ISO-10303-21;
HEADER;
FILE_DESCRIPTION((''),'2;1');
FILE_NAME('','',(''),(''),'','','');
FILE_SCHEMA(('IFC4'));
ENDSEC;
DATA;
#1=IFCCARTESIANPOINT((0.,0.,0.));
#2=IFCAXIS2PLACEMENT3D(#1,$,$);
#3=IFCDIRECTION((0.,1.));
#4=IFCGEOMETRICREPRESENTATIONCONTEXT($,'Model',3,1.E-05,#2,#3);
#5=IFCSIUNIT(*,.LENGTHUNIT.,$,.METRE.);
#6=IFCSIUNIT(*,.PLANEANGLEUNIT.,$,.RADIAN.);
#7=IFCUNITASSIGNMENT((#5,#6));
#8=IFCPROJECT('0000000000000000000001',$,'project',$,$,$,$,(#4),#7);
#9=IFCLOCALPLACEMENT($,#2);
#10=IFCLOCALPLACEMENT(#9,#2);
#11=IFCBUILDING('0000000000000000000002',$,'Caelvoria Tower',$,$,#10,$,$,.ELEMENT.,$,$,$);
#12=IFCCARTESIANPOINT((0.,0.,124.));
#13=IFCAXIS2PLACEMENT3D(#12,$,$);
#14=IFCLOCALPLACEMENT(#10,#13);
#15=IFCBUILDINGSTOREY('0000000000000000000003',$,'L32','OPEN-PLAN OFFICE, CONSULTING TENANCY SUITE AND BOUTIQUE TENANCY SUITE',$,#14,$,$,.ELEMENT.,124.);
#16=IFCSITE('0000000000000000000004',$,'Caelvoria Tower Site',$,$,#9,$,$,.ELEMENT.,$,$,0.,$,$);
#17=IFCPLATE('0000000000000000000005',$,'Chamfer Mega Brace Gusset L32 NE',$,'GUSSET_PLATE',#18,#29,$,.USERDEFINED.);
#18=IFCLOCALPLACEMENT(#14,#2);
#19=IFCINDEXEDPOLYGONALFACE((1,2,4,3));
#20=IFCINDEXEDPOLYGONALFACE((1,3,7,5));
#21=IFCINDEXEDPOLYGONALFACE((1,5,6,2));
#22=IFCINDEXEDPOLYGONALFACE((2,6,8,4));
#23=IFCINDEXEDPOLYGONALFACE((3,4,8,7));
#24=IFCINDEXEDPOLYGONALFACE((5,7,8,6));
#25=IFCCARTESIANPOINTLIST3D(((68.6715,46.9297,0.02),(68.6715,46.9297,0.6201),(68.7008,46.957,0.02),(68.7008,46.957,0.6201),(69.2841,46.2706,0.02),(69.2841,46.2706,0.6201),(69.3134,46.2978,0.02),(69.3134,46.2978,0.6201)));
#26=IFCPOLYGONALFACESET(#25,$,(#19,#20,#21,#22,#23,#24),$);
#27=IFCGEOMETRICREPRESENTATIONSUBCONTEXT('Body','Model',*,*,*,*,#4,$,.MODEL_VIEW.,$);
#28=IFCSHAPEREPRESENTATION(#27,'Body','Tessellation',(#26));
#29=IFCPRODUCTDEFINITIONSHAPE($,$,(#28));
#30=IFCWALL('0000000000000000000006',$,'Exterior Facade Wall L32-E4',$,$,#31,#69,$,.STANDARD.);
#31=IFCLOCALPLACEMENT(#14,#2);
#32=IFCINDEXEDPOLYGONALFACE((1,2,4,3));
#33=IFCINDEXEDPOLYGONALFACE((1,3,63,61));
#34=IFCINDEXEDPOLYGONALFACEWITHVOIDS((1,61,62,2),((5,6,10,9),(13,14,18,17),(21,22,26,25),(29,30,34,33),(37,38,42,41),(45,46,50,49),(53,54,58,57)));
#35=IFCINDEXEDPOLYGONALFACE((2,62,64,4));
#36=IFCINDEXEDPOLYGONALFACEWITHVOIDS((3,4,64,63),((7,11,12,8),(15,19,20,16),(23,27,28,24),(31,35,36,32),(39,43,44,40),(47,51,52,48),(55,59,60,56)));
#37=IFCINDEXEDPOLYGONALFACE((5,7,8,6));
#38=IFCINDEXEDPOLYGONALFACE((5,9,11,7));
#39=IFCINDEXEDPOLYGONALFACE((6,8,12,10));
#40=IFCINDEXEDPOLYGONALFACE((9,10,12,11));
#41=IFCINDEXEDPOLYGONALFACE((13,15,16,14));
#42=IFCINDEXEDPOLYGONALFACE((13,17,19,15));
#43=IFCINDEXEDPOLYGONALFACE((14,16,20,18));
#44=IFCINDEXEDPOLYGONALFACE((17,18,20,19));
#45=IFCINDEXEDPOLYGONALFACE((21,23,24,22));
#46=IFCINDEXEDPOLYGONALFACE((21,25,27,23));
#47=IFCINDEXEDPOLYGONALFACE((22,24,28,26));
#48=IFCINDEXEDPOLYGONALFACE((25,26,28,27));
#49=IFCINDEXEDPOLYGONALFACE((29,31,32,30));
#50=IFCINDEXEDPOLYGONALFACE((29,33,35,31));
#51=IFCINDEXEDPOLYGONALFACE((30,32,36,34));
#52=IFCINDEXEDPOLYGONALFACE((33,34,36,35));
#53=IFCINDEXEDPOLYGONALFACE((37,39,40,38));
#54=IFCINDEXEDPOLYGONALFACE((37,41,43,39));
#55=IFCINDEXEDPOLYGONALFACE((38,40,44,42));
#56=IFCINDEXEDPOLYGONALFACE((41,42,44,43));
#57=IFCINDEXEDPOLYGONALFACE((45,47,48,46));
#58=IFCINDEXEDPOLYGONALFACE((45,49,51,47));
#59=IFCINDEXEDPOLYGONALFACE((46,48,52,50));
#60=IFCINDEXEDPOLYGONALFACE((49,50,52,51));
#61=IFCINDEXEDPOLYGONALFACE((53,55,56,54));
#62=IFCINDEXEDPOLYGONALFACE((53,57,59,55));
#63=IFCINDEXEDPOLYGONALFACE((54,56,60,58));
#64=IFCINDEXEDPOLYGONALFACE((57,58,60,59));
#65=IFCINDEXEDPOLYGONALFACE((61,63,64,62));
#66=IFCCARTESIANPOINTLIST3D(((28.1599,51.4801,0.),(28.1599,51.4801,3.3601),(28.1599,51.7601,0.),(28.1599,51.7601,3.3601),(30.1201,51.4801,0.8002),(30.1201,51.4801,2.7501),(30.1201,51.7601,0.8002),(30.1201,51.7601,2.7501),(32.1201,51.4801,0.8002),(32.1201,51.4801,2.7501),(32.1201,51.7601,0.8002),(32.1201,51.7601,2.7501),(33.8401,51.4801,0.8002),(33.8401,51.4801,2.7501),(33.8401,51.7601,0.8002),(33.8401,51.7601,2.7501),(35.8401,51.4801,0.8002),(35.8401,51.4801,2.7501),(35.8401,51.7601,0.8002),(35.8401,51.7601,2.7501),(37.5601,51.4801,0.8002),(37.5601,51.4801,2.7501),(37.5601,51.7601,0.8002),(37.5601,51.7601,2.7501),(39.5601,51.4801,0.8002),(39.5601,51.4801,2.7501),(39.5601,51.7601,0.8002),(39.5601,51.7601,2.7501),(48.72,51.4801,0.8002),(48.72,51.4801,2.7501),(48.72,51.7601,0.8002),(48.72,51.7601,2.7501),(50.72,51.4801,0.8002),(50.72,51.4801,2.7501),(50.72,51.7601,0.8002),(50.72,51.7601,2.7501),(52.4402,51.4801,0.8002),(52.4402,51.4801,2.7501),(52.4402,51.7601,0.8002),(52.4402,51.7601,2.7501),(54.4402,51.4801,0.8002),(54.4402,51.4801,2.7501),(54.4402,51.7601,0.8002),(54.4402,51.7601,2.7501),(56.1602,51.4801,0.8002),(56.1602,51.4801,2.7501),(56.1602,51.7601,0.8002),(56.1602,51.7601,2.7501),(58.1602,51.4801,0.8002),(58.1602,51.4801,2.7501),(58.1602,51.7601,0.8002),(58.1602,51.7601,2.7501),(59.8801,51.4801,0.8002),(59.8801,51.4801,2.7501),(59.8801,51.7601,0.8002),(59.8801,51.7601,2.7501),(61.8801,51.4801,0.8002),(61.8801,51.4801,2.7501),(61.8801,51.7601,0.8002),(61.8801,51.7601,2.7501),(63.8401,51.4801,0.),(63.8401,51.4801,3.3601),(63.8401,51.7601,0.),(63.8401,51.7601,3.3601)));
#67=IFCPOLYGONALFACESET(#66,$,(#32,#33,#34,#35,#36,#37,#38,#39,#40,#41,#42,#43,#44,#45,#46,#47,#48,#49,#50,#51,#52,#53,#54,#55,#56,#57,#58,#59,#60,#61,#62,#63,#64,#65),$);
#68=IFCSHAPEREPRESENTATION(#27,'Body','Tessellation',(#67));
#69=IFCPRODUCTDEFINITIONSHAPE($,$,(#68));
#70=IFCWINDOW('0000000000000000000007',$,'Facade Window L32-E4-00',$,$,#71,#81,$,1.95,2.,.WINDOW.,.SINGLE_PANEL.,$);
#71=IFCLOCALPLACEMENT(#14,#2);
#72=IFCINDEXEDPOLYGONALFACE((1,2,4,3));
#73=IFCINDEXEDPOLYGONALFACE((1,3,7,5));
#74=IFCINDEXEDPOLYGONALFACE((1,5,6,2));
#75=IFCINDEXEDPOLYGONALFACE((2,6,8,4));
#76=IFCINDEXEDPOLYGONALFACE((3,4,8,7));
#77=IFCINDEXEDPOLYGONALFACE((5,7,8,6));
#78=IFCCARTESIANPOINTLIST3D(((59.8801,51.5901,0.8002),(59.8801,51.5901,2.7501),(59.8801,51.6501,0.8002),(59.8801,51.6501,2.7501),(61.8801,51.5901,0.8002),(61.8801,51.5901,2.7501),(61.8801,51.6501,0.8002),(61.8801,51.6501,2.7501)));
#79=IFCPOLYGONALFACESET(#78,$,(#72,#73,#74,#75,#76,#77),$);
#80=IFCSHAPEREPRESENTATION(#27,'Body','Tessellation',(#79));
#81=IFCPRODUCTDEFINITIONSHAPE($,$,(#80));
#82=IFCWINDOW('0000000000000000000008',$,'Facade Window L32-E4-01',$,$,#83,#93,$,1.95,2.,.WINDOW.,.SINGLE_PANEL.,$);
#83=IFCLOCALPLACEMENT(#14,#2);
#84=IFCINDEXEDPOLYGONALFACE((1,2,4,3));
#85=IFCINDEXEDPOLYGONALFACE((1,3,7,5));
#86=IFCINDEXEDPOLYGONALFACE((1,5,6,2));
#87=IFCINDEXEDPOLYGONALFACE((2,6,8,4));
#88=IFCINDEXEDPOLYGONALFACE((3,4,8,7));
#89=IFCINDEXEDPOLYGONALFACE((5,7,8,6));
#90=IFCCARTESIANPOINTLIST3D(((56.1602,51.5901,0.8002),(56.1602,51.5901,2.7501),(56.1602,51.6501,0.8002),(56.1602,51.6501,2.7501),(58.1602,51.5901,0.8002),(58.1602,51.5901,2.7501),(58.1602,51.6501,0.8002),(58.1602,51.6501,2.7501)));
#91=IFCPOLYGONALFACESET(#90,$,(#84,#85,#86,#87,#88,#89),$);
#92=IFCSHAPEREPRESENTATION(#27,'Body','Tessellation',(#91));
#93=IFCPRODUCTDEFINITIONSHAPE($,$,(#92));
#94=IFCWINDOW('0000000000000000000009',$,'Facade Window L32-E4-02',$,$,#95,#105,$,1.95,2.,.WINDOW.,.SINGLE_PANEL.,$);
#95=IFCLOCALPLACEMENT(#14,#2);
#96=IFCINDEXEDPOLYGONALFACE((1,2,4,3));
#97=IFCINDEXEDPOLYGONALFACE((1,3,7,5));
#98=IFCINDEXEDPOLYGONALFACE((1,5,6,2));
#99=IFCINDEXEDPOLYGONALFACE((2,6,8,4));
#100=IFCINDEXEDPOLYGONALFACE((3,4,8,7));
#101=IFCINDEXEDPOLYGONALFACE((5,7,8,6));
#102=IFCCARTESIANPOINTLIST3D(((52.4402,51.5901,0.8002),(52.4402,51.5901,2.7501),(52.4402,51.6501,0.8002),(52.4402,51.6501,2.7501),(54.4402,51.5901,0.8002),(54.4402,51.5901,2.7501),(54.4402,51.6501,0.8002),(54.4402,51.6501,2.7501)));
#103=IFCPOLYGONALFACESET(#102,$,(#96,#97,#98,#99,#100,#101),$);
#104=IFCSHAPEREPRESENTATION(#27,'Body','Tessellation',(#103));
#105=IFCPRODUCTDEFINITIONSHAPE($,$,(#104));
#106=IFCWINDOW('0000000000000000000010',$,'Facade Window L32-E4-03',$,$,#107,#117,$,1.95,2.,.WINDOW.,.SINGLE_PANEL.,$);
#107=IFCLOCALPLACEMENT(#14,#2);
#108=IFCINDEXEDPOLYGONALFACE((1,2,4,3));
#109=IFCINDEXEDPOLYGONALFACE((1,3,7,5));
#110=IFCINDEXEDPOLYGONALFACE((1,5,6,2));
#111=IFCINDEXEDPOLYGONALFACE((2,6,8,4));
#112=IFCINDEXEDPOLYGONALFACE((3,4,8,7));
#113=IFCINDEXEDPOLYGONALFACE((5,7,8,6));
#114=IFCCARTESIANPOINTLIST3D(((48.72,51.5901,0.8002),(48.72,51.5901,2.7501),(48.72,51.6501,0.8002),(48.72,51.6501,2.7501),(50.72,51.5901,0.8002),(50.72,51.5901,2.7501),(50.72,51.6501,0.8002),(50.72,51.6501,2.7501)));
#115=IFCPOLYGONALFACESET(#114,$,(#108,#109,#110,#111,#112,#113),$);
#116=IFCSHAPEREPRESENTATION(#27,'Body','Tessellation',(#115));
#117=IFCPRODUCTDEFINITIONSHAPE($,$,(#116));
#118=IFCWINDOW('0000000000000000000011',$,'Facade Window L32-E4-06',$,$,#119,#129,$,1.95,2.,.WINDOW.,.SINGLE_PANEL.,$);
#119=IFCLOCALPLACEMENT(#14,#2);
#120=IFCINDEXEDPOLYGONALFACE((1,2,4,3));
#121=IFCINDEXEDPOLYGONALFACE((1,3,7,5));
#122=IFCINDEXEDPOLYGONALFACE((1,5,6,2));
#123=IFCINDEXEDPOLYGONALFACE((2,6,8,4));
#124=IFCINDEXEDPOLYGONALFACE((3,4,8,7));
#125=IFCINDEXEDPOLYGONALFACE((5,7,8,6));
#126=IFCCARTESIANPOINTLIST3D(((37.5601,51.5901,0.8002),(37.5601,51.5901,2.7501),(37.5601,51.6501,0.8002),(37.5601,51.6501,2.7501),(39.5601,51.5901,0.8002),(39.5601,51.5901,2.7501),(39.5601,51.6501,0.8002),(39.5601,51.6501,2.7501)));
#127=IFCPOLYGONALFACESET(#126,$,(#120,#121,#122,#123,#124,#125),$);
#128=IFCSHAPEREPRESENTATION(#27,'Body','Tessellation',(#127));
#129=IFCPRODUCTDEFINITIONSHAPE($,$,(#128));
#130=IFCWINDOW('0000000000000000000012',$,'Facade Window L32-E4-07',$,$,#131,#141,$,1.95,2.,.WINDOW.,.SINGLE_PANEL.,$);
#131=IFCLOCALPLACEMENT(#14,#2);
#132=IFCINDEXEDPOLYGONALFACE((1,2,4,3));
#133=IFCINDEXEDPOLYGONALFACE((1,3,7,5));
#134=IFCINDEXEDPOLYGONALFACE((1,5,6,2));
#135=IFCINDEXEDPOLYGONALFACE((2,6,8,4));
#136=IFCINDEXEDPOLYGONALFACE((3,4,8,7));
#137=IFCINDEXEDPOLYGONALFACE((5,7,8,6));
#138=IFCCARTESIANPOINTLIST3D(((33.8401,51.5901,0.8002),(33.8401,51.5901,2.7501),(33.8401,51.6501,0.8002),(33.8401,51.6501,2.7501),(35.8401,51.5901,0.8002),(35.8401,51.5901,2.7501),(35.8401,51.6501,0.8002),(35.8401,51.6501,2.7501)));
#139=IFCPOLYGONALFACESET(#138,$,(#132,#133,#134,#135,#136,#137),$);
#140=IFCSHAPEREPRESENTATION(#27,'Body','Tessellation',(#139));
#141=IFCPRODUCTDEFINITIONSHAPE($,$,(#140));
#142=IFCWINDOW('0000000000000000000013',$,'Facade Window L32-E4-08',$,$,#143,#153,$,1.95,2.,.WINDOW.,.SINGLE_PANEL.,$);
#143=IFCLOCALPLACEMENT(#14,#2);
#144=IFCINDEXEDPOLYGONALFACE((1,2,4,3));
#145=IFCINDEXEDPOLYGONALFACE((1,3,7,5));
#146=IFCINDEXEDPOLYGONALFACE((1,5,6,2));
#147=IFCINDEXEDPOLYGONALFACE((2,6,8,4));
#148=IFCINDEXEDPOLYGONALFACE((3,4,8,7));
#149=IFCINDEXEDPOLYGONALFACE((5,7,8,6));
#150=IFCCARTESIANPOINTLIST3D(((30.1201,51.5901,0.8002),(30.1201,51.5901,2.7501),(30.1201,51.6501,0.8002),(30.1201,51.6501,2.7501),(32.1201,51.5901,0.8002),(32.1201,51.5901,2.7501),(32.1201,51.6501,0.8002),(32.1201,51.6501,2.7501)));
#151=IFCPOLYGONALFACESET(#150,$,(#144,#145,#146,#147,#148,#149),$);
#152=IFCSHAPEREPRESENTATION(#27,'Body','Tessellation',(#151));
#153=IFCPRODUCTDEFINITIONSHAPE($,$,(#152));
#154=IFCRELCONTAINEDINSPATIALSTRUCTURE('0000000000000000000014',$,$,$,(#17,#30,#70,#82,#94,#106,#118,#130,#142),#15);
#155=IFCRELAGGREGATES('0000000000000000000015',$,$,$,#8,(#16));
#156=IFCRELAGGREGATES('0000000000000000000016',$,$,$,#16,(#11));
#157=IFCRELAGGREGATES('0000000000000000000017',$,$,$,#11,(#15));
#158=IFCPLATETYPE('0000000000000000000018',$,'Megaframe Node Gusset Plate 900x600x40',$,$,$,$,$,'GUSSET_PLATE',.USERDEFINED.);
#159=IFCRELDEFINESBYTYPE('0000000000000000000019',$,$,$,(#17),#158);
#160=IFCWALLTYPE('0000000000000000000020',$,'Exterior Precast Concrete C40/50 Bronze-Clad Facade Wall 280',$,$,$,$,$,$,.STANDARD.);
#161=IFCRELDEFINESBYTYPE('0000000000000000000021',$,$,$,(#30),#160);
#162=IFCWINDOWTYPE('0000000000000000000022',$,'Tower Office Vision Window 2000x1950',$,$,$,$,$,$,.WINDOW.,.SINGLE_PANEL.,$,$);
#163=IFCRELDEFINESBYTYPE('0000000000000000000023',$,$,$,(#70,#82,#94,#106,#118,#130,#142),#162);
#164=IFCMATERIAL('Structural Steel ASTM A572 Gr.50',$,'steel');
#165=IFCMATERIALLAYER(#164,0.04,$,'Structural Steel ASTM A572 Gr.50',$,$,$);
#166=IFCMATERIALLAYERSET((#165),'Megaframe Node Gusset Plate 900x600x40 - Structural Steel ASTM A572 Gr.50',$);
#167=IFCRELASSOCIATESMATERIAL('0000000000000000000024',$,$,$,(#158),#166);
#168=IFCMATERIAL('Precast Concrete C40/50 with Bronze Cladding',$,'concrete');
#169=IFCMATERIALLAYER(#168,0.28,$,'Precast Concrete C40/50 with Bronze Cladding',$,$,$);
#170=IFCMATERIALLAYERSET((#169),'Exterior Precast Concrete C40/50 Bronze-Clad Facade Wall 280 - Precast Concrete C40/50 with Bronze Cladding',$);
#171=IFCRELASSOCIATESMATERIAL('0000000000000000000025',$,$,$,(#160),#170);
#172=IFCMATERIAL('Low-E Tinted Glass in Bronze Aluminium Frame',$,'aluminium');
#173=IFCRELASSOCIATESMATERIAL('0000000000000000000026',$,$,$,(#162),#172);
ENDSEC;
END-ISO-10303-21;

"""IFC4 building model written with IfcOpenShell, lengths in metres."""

from ifc_helpers import new_model, si_unit, direction, frame, frame_2d, origin, origin_2d, place, context, subcontext, project, spatial, rectangle, extrude, material, layer, layer_set, type_object, element, fill, save


model = new_model("IFC4")

# Units and contexts
model_context = context("Model", 3, precision=1e-05, world=origin(), true_north=direction((0.0, 1.0)))
body_context = subcontext(model_context, "Body", "Model", "MODEL_VIEW")
ifc_project = project(units=[si_unit("LENGTHUNIT", "METRE"), si_unit("PLANEANGLEUNIT", "RADIAN")], contexts=[model_context])

# Site, building, storey
site_placement = place(None, origin())
site = spatial("IfcSite", under=ifc_project, at=site_placement, Name="Caelvoria Tower Site", CompositionType="ELEMENT", RefElevation=0.0)
building_placement = place(site_placement, origin())
building = spatial("IfcBuilding", under=site, at=building_placement, Name="Caelvoria Tower", CompositionType="ELEMENT")
storey_placement = place(building_placement, frame((0.0, 0.0, 124.0)))
storey = spatial("IfcBuildingStorey", under=building, at=storey_placement, Name="L32", Description="OPEN-PLAN OFFICE, CONSULTING TENANCY SUITE AND BOUTIQUE TENANCY SUITE", CompositionType="ELEMENT", Elevation=124.0)

# Shared definitions
ifc_material_1 = material(Name="Structural Steel ASTM A572 Gr.50", Category="steel")

# Plate
ifc_layer_1 = layer(ifc_material_1, 0.04, Name="Structural Steel ASTM A572 Gr.50")
ifc_layer_set_1 = layer_set([ifc_layer_1], Name="Megaframe Node Gusset Plate 900x600x40 - Structural Steel ASTM A572 Gr.50")
plate_type = type_object("IfcPlateType", Name="Megaframe Node Gusset Plate 900x600x40", ElementType="GUSSET_PLATE", PredefinedType="USERDEFINED", material=ifc_layer_set_1)
plate_placement = place(storey_placement, frame((68.9924, 46.6138, 0.02), z_axis=(0.0, 0.0, 1.0), x_axis=(-0.680773, 0.732494, 0.0)))
element("IfcPlate", 1, at=plate_placement, inside=storey, type_object=plate_type, Name="Chamfer Mega Brace Gusset L32 NE", ObjectType="GUSSET_PLATE", PredefinedType="USERDEFINED", context=body_context, shape_type="SweptSolid", body=[
    extrude(rectangle(XDim=0.8999, YDim=0.04, at=origin_2d()), origin(), (0.0, 0.0, 1.0), 0.6001),
])

# Wall, openings, windows
ifc_material_2 = material(Name="Precast Concrete C40/50 with Bronze Cladding", Category="concrete")
ifc_layer_2 = layer(ifc_material_2, 0.28, Name="Precast Concrete C40/50 with Bronze Cladding")
ifc_layer_set_2 = layer_set([ifc_layer_2], Name="Exterior Precast Concrete C40/50 Bronze-Clad Facade Wall 280 - Precast Concrete C40/50 with Bronze Cladding")
wall_type = type_object("IfcWallType", Name="Exterior Precast Concrete C40/50 Bronze-Clad Facade Wall 280", PredefinedType="STANDARD", material=ifc_layer_set_2)
wall_placement = place(storey_placement, frame((63.8401, 51.6201, 0.0), z_axis=(0.0, 0.0, 1.0), x_axis=(-1.0, 0.0, 0.0)))
wall = element("IfcWall", 2, at=wall_placement, inside=storey, type_object=wall_type, Name="Exterior Facade Wall L32-E4", PredefinedType="STANDARD", context=body_context, shape_type="SweptSolid", body=[
    extrude(rectangle(XDim=35.6802, YDim=0.28, at=frame_2d((17.8401, 0.0))), origin(), (0.0, 0.0, 1.0), 3.3601),
])
opening_1_placement = place(wall_placement, frame((1.96, 0.0, 0.8)))
opening_1 = element("IfcOpeningElement", 3, at=opening_1_placement, cuts=wall, PredefinedType="OPENING", context=body_context, shape_type="SweptSolid", body=[
    extrude(rectangle(XDim=2.0, YDim=1.95, at=frame_2d((1.0, 0.9751))), frame((0.0, 0.1499, 0.0), z_axis=(0.0, -1.0, 0.0), x_axis=(1.0, 0.0, 0.0)), (0.0, 0.0, 1.0), 0.3),
])
opening_2_placement = place(wall_placement, frame((5.6799, 0.0, 0.8)))
opening_2 = element("IfcOpeningElement", 4, at=opening_2_placement, cuts=wall, PredefinedType="OPENING", context=body_context, shape_type="SweptSolid", body=[
    extrude(rectangle(XDim=2.0, YDim=1.95, at=frame_2d((1.0, 0.9751))), frame((0.0, 0.1499, 0.0), z_axis=(0.0, -1.0, 0.0), x_axis=(1.0, 0.0, 0.0)), (0.0, 0.0, 1.0), 0.3),
])
opening_3_placement = place(wall_placement, frame((9.3999, 0.0, 0.8)))
opening_3 = element("IfcOpeningElement", 5, at=opening_3_placement, cuts=wall, PredefinedType="OPENING", context=body_context, shape_type="SweptSolid", body=[
    extrude(rectangle(XDim=2.0, YDim=1.95, at=frame_2d((1.0, 0.9751))), frame((0.0, 0.1499, 0.0), z_axis=(0.0, -1.0, 0.0), x_axis=(1.0, 0.0, 0.0)), (0.0, 0.0, 1.0), 0.3),
])
opening_4_placement = place(wall_placement, frame((13.1201, 0.0, 0.8)))
opening_4 = element("IfcOpeningElement", 6, at=opening_4_placement, cuts=wall, PredefinedType="OPENING", context=body_context, shape_type="SweptSolid", body=[
    extrude(rectangle(XDim=2.0, YDim=1.95, at=frame_2d((1.0, 0.9751))), frame((0.0, 0.1499, 0.0), z_axis=(0.0, -1.0, 0.0), x_axis=(1.0, 0.0, 0.0)), (0.0, 0.0, 1.0), 0.3),
])
opening_5_placement = place(wall_placement, frame((24.28, 0.0, 0.8)))
opening_5 = element("IfcOpeningElement", 7, at=opening_5_placement, cuts=wall, PredefinedType="OPENING", context=body_context, shape_type="SweptSolid", body=[
    extrude(rectangle(XDim=2.0, YDim=1.95, at=frame_2d((1.0, 0.9751))), frame((0.0, 0.1499, 0.0), z_axis=(0.0, -1.0, 0.0), x_axis=(1.0, 0.0, 0.0)), (0.0, 0.0, 1.0), 0.3),
])
opening_6_placement = place(wall_placement, frame((28.0, 0.0, 0.8)))
opening_6 = element("IfcOpeningElement", 8, at=opening_6_placement, cuts=wall, PredefinedType="OPENING", context=body_context, shape_type="SweptSolid", body=[
    extrude(rectangle(XDim=2.0, YDim=1.95, at=frame_2d((1.0, 0.9751))), frame((0.0, 0.1499, 0.0), z_axis=(0.0, -1.0, 0.0), x_axis=(1.0, 0.0, 0.0)), (0.0, 0.0, 1.0), 0.3),
])
opening_7_placement = place(wall_placement, frame((31.72, 0.0, 0.8)))
opening_7 = element("IfcOpeningElement", 9, at=opening_7_placement, cuts=wall, PredefinedType="OPENING", context=body_context, shape_type="SweptSolid", body=[
    extrude(rectangle(XDim=2.0, YDim=1.95, at=frame_2d((1.0, 0.9751))), frame((0.0, 0.1499, 0.0), z_axis=(0.0, -1.0, 0.0), x_axis=(1.0, 0.0, 0.0)), (0.0, 0.0, 1.0), 0.3),
])
ifc_material_3 = material(Name="Low-E Tinted Glass in Bronze Aluminium Frame", Category="aluminium")
window_type = type_object("IfcWindowType", Name="Tower Office Vision Window 2000x1950", PartitioningType="SINGLE_PANEL", PredefinedType="WINDOW", material=ifc_material_3)
window_1_placement = place(opening_1_placement, origin())
window_1 = element("IfcWindow", 10, at=window_1_placement, inside=storey, type_object=window_type, Name="Facade Window L32-E4-00", OverallHeight=1.95, OverallWidth=2.0, PartitioningType="SINGLE_PANEL", PredefinedType="WINDOW", context=body_context, shape_type="SweptSolid", body=[
    extrude(rectangle(XDim=2.0, YDim=1.95, at=frame_2d((1.0, 0.9751))), frame((0.0, 0.03, 0.0), z_axis=(0.0, -1.0, 0.0), x_axis=(1.0, 0.0, 0.0)), (0.0, 0.0, 1.0), 0.0601),
])
fill(opening_1, window_1)
window_2_placement = place(opening_2_placement, origin())
window_2 = element("IfcWindow", 11, at=window_2_placement, inside=storey, type_object=window_type, Name="Facade Window L32-E4-01", OverallHeight=1.95, OverallWidth=2.0, PartitioningType="SINGLE_PANEL", PredefinedType="WINDOW", context=body_context, shape_type="SweptSolid", body=[
    extrude(rectangle(XDim=2.0, YDim=1.95, at=frame_2d((1.0, 0.9751))), frame((0.0, 0.03, 0.0), z_axis=(0.0, -1.0, 0.0), x_axis=(1.0, 0.0, 0.0)), (0.0, 0.0, 1.0), 0.0601),
])
fill(opening_2, window_2)
window_3_placement = place(opening_3_placement, origin())
window_3 = element("IfcWindow", 12, at=window_3_placement, inside=storey, type_object=window_type, Name="Facade Window L32-E4-02", OverallHeight=1.95, OverallWidth=2.0, PartitioningType="SINGLE_PANEL", PredefinedType="WINDOW", context=body_context, shape_type="SweptSolid", body=[
    extrude(rectangle(XDim=2.0, YDim=1.95, at=frame_2d((1.0, 0.9751))), frame((0.0, 0.03, 0.0), z_axis=(0.0, -1.0, 0.0), x_axis=(1.0, 0.0, 0.0)), (0.0, 0.0, 1.0), 0.0601),
])
fill(opening_3, window_3)
window_4_placement = place(opening_4_placement, origin())
window_4 = element("IfcWindow", 13, at=window_4_placement, inside=storey, type_object=window_type, Name="Facade Window L32-E4-03", OverallHeight=1.95, OverallWidth=2.0, PartitioningType="SINGLE_PANEL", PredefinedType="WINDOW", context=body_context, shape_type="SweptSolid", body=[
    extrude(rectangle(XDim=2.0, YDim=1.95, at=frame_2d((1.0, 0.9751))), frame((0.0, 0.03, 0.0), z_axis=(0.0, -1.0, 0.0), x_axis=(1.0, 0.0, 0.0)), (0.0, 0.0, 1.0), 0.0601),
])
fill(opening_4, window_4)
window_5_placement = place(opening_5_placement, origin())
window_5 = element("IfcWindow", 14, at=window_5_placement, inside=storey, type_object=window_type, Name="Facade Window L32-E4-06", OverallHeight=1.95, OverallWidth=2.0, PartitioningType="SINGLE_PANEL", PredefinedType="WINDOW", context=body_context, shape_type="SweptSolid", body=[
    extrude(rectangle(XDim=2.0, YDim=1.95, at=frame_2d((1.0, 0.9751))), frame((0.0, 0.03, 0.0), z_axis=(0.0, -1.0, 0.0), x_axis=(1.0, 0.0, 0.0)), (0.0, 0.0, 1.0), 0.0601),
])
fill(opening_5, window_5)
window_6_placement = place(opening_6_placement, origin())
window_6 = element("IfcWindow", 15, at=window_6_placement, inside=storey, type_object=window_type, Name="Facade Window L32-E4-07", OverallHeight=1.95, OverallWidth=2.0, PartitioningType="SINGLE_PANEL", PredefinedType="WINDOW", context=body_context, shape_type="SweptSolid", body=[
    extrude(rectangle(XDim=2.0, YDim=1.95, at=frame_2d((1.0, 0.9751))), frame((0.0, 0.03, 0.0), z_axis=(0.0, -1.0, 0.0), x_axis=(1.0, 0.0, 0.0)), (0.0, 0.0, 1.0), 0.0601),
])
fill(opening_6, window_6)
window_7_placement = place(opening_7_placement, origin())
window_7 = element("IfcWindow", 16, at=window_7_placement, inside=storey, type_object=window_type, Name="Facade Window L32-E4-08", OverallHeight=1.95, OverallWidth=2.0, PartitioningType="SINGLE_PANEL", PredefinedType="WINDOW", context=body_context, shape_type="SweptSolid", body=[
    extrude(rectangle(XDim=2.0, YDim=1.95, at=frame_2d((1.0, 0.9751))), frame((0.0, 0.03, 0.0), z_axis=(0.0, -1.0, 0.0), x_axis=(1.0, 0.0, 0.0)), (0.0, 0.0, 1.0), 0.0601),
])
fill(opening_7, window_7)

save(model, "model.ifc")
